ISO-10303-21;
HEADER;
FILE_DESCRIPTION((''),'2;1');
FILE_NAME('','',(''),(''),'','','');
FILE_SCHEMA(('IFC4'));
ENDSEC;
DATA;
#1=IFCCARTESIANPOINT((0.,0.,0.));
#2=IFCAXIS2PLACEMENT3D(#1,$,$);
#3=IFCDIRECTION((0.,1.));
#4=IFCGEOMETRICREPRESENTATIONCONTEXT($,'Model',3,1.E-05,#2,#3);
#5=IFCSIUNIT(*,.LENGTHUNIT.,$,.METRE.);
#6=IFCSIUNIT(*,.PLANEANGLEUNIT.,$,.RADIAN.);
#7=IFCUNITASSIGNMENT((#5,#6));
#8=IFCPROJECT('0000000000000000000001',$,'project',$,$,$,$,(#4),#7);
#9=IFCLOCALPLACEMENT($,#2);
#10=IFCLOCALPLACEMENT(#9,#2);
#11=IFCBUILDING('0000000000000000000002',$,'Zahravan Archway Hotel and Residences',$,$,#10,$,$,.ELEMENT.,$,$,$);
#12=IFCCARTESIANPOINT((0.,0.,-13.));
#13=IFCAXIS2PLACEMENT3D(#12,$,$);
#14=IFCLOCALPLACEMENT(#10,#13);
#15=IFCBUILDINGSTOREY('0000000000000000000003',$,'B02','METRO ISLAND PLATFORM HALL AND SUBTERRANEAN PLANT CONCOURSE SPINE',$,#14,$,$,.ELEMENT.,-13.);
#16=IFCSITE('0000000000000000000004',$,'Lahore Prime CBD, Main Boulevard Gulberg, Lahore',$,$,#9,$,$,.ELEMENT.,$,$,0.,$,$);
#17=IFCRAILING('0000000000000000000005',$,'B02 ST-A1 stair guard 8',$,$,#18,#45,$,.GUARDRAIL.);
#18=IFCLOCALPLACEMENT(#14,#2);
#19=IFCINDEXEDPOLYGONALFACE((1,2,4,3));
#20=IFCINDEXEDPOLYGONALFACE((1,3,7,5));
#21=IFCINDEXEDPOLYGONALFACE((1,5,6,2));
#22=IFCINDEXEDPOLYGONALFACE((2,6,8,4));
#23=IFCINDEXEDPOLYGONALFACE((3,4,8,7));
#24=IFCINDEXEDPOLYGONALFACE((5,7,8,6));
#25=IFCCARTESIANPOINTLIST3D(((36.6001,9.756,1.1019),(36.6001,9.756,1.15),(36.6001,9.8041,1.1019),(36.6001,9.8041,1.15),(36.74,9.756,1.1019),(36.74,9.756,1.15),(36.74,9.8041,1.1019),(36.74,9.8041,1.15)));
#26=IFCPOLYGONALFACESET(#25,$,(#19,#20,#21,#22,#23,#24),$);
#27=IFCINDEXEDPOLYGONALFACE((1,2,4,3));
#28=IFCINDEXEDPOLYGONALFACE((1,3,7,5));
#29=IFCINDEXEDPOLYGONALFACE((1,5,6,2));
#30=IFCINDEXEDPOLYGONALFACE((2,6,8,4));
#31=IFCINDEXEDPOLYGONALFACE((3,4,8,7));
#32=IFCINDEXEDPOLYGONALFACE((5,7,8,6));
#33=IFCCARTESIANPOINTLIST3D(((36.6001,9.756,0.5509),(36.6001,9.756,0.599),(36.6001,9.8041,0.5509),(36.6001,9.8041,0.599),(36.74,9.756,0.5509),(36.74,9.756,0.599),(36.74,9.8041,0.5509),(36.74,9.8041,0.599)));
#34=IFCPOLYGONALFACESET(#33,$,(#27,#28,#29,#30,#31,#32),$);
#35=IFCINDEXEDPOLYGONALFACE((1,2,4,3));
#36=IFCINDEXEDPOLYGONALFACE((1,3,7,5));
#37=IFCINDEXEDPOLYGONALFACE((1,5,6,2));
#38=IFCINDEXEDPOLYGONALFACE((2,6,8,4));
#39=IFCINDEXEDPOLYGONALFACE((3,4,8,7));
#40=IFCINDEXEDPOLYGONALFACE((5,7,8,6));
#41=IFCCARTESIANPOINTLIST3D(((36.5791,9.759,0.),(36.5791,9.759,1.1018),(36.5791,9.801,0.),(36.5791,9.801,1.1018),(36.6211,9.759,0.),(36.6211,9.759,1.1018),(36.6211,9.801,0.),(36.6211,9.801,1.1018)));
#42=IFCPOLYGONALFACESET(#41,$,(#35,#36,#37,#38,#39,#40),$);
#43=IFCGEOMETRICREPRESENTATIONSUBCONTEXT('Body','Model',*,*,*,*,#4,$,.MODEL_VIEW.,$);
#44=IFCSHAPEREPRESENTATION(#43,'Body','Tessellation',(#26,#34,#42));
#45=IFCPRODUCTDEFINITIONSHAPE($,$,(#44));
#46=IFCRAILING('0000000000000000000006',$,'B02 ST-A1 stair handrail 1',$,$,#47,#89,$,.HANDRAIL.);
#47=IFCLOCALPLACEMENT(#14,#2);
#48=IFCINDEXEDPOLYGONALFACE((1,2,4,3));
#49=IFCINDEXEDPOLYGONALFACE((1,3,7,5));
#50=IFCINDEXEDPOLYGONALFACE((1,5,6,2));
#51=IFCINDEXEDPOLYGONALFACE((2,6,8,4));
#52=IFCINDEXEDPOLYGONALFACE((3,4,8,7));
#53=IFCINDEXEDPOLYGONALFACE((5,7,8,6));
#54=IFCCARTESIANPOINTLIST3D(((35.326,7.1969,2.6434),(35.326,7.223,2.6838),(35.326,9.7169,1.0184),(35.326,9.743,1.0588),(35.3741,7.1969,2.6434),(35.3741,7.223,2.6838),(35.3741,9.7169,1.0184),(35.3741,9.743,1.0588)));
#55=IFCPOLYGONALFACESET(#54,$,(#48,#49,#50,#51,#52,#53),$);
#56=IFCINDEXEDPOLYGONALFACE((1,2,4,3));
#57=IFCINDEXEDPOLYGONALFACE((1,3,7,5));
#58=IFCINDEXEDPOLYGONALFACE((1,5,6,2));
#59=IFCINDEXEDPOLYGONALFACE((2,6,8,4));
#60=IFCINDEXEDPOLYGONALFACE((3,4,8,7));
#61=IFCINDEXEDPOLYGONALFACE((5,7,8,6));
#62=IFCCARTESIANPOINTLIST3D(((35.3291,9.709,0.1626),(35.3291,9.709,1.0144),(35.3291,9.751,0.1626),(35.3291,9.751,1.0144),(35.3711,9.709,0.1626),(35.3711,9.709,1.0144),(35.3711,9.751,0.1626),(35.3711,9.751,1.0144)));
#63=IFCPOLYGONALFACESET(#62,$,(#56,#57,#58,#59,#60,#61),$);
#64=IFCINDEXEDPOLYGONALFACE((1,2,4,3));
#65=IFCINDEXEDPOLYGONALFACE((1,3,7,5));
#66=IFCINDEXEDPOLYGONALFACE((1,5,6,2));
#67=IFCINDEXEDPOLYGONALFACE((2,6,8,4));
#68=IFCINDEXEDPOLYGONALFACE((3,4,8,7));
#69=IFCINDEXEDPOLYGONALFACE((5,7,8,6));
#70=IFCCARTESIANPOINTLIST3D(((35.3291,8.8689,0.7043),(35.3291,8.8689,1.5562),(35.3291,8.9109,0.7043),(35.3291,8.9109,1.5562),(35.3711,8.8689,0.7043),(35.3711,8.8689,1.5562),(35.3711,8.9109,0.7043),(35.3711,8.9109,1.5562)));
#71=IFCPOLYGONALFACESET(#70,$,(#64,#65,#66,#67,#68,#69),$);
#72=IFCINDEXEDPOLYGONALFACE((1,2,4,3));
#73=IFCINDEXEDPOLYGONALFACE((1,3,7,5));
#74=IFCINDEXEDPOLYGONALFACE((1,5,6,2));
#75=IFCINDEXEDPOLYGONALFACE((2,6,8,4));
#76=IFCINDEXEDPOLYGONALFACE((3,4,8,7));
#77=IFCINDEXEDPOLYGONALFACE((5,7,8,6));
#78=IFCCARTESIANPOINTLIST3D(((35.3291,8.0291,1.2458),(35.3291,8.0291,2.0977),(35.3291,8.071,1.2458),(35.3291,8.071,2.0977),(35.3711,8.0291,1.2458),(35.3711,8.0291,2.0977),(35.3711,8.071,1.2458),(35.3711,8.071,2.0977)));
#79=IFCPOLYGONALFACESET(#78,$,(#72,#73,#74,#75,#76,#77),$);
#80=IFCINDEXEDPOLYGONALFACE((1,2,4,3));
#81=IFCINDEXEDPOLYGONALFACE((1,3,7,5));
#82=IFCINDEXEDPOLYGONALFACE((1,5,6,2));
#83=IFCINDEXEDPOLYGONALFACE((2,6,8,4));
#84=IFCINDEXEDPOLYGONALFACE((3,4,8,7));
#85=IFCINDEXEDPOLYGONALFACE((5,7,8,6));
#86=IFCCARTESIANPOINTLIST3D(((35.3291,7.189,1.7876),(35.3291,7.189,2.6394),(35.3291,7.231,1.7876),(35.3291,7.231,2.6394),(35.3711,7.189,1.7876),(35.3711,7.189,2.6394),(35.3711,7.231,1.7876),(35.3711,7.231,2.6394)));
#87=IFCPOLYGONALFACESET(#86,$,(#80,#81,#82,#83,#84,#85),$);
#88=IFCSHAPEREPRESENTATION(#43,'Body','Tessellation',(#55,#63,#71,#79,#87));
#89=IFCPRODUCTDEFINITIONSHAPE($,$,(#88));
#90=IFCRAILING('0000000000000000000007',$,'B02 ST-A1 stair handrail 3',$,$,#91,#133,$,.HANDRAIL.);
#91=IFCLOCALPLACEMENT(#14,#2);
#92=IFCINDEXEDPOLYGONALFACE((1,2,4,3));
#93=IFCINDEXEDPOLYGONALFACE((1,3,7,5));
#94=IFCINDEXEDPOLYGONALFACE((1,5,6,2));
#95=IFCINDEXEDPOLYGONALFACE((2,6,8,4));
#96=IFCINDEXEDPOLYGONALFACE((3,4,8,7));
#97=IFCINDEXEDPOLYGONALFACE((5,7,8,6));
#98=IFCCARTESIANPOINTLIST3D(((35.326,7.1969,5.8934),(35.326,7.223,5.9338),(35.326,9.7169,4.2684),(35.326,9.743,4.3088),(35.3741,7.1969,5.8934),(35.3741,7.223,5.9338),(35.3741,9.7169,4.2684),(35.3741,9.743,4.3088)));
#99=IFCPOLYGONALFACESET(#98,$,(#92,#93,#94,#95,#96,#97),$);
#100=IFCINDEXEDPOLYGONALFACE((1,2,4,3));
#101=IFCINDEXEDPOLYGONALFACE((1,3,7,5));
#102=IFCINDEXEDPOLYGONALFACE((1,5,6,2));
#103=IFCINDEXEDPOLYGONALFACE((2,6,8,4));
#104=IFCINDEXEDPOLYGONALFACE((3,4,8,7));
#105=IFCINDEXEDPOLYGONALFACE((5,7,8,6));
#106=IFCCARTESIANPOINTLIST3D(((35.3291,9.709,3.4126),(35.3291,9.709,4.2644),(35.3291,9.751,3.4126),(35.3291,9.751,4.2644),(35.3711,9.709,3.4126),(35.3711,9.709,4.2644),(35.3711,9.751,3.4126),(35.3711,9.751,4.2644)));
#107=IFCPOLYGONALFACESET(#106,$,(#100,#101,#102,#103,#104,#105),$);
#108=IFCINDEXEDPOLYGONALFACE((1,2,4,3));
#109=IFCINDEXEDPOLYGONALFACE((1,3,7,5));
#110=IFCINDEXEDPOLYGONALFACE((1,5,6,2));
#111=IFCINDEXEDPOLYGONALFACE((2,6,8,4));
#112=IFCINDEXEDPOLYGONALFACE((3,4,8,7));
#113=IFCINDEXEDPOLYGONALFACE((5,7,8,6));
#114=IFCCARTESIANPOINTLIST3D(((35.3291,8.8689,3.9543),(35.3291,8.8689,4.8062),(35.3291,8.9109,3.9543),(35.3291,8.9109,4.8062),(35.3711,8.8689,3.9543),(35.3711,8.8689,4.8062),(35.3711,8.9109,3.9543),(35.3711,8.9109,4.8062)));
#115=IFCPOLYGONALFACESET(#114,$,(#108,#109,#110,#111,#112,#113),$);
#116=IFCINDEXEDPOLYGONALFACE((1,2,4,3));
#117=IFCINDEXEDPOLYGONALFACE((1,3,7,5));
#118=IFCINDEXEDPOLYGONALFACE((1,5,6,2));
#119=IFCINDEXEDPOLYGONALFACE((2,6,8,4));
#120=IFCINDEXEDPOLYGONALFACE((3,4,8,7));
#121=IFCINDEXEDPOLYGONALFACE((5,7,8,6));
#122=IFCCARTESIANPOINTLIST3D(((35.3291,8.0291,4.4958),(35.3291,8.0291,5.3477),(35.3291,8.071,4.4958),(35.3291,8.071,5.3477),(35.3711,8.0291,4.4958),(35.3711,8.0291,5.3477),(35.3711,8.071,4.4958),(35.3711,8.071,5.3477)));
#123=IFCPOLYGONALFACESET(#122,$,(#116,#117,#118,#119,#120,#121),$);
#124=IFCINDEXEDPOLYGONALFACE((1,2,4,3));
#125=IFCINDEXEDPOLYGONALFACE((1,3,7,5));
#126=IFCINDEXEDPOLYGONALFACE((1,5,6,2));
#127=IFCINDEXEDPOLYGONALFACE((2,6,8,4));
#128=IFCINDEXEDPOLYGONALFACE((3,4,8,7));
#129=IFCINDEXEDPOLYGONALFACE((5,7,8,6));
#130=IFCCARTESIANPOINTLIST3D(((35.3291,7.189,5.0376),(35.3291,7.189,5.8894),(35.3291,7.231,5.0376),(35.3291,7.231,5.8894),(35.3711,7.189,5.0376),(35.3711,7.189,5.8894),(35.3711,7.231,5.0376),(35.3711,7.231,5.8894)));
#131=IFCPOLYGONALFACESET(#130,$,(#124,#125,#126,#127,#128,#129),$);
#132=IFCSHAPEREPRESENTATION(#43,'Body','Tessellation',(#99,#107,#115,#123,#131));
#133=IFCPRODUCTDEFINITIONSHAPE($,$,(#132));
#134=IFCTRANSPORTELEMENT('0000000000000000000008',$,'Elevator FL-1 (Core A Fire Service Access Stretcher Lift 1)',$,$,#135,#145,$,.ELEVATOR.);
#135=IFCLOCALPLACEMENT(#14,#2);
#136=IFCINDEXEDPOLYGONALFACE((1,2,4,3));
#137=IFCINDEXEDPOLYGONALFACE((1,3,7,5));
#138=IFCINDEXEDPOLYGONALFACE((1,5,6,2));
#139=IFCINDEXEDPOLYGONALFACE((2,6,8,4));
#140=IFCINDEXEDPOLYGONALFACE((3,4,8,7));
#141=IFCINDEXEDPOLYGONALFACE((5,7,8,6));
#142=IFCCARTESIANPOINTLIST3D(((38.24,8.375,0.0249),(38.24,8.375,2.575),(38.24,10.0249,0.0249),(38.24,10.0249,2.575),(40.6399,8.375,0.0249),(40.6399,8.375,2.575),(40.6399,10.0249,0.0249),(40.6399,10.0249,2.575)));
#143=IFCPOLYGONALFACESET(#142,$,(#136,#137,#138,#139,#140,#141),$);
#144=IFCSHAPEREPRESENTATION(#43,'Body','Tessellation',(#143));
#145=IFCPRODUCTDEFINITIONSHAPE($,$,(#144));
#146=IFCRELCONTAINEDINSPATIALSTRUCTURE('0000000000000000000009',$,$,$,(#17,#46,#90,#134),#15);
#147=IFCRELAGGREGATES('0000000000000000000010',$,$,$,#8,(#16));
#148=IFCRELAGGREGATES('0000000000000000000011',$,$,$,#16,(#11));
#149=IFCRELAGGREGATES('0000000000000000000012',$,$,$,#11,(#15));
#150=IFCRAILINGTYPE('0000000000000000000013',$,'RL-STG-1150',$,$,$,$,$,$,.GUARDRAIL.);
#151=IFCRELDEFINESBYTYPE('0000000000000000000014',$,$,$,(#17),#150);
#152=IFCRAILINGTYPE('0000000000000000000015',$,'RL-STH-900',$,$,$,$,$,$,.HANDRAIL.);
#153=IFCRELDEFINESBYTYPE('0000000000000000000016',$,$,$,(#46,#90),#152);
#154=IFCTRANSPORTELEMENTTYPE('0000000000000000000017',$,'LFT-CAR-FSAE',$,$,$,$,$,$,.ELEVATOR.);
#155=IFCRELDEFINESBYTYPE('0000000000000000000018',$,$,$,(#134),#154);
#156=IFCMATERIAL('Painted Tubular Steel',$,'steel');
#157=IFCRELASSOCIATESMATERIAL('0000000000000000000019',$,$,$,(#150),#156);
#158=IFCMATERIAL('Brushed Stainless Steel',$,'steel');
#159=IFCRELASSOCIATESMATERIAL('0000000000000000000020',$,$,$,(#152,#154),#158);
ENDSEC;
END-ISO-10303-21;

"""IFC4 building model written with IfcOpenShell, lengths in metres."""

from ifc_helpers import new_model, si_unit, direction, frame, origin, origin_2d, place, context, subcontext, project, spatial, rectangle, extrude, source, transform, mapped, material, type_object, type_shapes, element, save


model = new_model("IFC4")

# Units and contexts
model_context = context("Model", 3, precision=1e-05, world=origin(), true_north=direction((0.0, 1.0)))
body_context = subcontext(model_context, "Body", "Model", "MODEL_VIEW")
ifc_project = project(units=[si_unit("LENGTHUNIT", "METRE"), si_unit("PLANEANGLEUNIT", "RADIAN")], contexts=[model_context])

# Site, building, storey
site_placement = place(None, origin())
site = spatial("IfcSite", under=ifc_project, at=site_placement, Name="Lahore Prime CBD, Main Boulevard Gulberg, Lahore", CompositionType="ELEMENT", RefElevation=0.0)
building_placement = place(site_placement, origin())
building = spatial("IfcBuilding", under=site, at=building_placement, Name="Zahravan Archway Hotel and Residences", CompositionType="ELEMENT")
storey_placement = place(building_placement, frame((0.0, 0.0, -13.0)))
storey = spatial("IfcBuildingStorey", under=building, at=storey_placement, Name="B02", Description="METRO ISLAND PLATFORM HALL AND SUBTERRANEAN PLANT CONCOURSE SPINE", CompositionType="ELEMENT", Elevation=-13.0)

# Shared definitions
ifc_material_1 = material(Name="Brushed Stainless Steel", Category="steel")

# Railings
ifc_material_2 = material(Name="Painted Tubular Steel", Category="steel")
railing_type_1 = type_object("IfcRailingType", Name="RL-STG-1150", PredefinedType="GUARDRAIL", material=ifc_material_2)
railing_1_placement = place(storey_placement, frame((36.6001, 9.78, 0.0)))
element("IfcRailing", 1, at=railing_1_placement, inside=storey, type_object=railing_type_1, Name="B02 ST-A1 stair guard 8", PredefinedType="GUARDRAIL", context=body_context, shape_type="SweptSolid", body=[
    extrude(rectangle(XDim=0.0481, YDim=0.0481, at=origin_2d()), frame((0.0, 0.0, 1.126), z_axis=(1.0, 0.0, 0.0), x_axis=(0.0, 1.0, 0.0)), (0.0, 0.0, 1.0), 0.1399),
    extrude(rectangle(XDim=0.0481, YDim=0.0481, at=origin_2d()), frame((0.0, 0.0, 0.575), z_axis=(1.0, 0.0, 0.0), x_axis=(0.0, 1.0, 0.0)), (0.0, 0.0, 1.0), 0.1399),
    extrude(rectangle(XDim=0.042, YDim=0.042, at=origin_2d()), origin(), (0.0, 0.0, 1.0), 1.1018),
])
railing_type_2 = type_object("IfcRailingType", Name="RL-STH-900", PredefinedType="HANDRAIL", material=ifc_material_1)
for number, where, name in (
    (2, (35.3501, 9.73, 0.1626), "B02 ST-A1 stair handrail 1"),
    (3, (35.3501, 9.73, 3.4126), "B02 ST-A1 stair handrail 3"),
):
    element("IfcRailing", number, at=place(storey_placement, frame(where)), inside=storey, type_object=railing_type_2, Name=name, PredefinedType="HANDRAIL", context=body_context, shape_type="SweptSolid", body=[
        extrude(rectangle(XDim=0.0481, YDim=0.0481, at=origin_2d()), frame((0.0, 0.0, 0.876), z_axis=(0.0, -0.840421, 0.541934), x_axis=(1.0, 0.0, 0.0)), (0.0, 0.0, 1.0), 2.9985),
        extrude(rectangle(XDim=0.042, YDim=0.042, at=origin_2d()), origin(), (0.0, 0.0, 1.0), 0.8518),
        extrude(rectangle(XDim=0.042, YDim=0.042, at=origin_2d()), frame((0.0, -0.8401, 0.5417)), (0.0, 0.0, 1.0), 0.8518),
        extrude(rectangle(XDim=0.042, YDim=0.042, at=origin_2d()), frame((0.0, -1.6799, 1.0833)), (0.0, 0.0, 1.0), 0.8518),
        extrude(rectangle(XDim=0.042, YDim=0.042, at=origin_2d()), frame((0.0, -2.52, 1.625)), (0.0, 0.0, 1.0), 0.8518),
    ])

# Transport element
transport_element_type = type_object("IfcTransportElementType", Name="LFT-CAR-FSAE", PredefinedType="ELEVATOR", material=ifc_material_1)
shared_shape_1 = source(origin(), body_context, "Body", "SweptSolid", [
    extrude(rectangle(XDim=2.3999, YDim=1.6499, at=origin_2d()), origin(), (0.0, 0.0, 1.0), 2.55),
])
type_shapes(transport_element_type, [shared_shape_1])
transport_element_placement = place(storey_placement, frame((39.4399, 9.2, 0.0249), z_axis=(0.0, 0.0, 1.0), x_axis=(1.0, 0.0, 0.0)))
element("IfcTransportElement", 4, at=transport_element_placement, inside=storey, type_object=transport_element_type, Name="Elevator FL-1 (Core A Fire Service Access Stretcher Lift 1)", PredefinedType="ELEVATOR", context=body_context, shape_type="MappedRepresentation", body=[
    mapped(shared_shape_1, transform((0.0, 0.0, 0.0), scale=1.0)),
])

save(model, "model.ifc")
